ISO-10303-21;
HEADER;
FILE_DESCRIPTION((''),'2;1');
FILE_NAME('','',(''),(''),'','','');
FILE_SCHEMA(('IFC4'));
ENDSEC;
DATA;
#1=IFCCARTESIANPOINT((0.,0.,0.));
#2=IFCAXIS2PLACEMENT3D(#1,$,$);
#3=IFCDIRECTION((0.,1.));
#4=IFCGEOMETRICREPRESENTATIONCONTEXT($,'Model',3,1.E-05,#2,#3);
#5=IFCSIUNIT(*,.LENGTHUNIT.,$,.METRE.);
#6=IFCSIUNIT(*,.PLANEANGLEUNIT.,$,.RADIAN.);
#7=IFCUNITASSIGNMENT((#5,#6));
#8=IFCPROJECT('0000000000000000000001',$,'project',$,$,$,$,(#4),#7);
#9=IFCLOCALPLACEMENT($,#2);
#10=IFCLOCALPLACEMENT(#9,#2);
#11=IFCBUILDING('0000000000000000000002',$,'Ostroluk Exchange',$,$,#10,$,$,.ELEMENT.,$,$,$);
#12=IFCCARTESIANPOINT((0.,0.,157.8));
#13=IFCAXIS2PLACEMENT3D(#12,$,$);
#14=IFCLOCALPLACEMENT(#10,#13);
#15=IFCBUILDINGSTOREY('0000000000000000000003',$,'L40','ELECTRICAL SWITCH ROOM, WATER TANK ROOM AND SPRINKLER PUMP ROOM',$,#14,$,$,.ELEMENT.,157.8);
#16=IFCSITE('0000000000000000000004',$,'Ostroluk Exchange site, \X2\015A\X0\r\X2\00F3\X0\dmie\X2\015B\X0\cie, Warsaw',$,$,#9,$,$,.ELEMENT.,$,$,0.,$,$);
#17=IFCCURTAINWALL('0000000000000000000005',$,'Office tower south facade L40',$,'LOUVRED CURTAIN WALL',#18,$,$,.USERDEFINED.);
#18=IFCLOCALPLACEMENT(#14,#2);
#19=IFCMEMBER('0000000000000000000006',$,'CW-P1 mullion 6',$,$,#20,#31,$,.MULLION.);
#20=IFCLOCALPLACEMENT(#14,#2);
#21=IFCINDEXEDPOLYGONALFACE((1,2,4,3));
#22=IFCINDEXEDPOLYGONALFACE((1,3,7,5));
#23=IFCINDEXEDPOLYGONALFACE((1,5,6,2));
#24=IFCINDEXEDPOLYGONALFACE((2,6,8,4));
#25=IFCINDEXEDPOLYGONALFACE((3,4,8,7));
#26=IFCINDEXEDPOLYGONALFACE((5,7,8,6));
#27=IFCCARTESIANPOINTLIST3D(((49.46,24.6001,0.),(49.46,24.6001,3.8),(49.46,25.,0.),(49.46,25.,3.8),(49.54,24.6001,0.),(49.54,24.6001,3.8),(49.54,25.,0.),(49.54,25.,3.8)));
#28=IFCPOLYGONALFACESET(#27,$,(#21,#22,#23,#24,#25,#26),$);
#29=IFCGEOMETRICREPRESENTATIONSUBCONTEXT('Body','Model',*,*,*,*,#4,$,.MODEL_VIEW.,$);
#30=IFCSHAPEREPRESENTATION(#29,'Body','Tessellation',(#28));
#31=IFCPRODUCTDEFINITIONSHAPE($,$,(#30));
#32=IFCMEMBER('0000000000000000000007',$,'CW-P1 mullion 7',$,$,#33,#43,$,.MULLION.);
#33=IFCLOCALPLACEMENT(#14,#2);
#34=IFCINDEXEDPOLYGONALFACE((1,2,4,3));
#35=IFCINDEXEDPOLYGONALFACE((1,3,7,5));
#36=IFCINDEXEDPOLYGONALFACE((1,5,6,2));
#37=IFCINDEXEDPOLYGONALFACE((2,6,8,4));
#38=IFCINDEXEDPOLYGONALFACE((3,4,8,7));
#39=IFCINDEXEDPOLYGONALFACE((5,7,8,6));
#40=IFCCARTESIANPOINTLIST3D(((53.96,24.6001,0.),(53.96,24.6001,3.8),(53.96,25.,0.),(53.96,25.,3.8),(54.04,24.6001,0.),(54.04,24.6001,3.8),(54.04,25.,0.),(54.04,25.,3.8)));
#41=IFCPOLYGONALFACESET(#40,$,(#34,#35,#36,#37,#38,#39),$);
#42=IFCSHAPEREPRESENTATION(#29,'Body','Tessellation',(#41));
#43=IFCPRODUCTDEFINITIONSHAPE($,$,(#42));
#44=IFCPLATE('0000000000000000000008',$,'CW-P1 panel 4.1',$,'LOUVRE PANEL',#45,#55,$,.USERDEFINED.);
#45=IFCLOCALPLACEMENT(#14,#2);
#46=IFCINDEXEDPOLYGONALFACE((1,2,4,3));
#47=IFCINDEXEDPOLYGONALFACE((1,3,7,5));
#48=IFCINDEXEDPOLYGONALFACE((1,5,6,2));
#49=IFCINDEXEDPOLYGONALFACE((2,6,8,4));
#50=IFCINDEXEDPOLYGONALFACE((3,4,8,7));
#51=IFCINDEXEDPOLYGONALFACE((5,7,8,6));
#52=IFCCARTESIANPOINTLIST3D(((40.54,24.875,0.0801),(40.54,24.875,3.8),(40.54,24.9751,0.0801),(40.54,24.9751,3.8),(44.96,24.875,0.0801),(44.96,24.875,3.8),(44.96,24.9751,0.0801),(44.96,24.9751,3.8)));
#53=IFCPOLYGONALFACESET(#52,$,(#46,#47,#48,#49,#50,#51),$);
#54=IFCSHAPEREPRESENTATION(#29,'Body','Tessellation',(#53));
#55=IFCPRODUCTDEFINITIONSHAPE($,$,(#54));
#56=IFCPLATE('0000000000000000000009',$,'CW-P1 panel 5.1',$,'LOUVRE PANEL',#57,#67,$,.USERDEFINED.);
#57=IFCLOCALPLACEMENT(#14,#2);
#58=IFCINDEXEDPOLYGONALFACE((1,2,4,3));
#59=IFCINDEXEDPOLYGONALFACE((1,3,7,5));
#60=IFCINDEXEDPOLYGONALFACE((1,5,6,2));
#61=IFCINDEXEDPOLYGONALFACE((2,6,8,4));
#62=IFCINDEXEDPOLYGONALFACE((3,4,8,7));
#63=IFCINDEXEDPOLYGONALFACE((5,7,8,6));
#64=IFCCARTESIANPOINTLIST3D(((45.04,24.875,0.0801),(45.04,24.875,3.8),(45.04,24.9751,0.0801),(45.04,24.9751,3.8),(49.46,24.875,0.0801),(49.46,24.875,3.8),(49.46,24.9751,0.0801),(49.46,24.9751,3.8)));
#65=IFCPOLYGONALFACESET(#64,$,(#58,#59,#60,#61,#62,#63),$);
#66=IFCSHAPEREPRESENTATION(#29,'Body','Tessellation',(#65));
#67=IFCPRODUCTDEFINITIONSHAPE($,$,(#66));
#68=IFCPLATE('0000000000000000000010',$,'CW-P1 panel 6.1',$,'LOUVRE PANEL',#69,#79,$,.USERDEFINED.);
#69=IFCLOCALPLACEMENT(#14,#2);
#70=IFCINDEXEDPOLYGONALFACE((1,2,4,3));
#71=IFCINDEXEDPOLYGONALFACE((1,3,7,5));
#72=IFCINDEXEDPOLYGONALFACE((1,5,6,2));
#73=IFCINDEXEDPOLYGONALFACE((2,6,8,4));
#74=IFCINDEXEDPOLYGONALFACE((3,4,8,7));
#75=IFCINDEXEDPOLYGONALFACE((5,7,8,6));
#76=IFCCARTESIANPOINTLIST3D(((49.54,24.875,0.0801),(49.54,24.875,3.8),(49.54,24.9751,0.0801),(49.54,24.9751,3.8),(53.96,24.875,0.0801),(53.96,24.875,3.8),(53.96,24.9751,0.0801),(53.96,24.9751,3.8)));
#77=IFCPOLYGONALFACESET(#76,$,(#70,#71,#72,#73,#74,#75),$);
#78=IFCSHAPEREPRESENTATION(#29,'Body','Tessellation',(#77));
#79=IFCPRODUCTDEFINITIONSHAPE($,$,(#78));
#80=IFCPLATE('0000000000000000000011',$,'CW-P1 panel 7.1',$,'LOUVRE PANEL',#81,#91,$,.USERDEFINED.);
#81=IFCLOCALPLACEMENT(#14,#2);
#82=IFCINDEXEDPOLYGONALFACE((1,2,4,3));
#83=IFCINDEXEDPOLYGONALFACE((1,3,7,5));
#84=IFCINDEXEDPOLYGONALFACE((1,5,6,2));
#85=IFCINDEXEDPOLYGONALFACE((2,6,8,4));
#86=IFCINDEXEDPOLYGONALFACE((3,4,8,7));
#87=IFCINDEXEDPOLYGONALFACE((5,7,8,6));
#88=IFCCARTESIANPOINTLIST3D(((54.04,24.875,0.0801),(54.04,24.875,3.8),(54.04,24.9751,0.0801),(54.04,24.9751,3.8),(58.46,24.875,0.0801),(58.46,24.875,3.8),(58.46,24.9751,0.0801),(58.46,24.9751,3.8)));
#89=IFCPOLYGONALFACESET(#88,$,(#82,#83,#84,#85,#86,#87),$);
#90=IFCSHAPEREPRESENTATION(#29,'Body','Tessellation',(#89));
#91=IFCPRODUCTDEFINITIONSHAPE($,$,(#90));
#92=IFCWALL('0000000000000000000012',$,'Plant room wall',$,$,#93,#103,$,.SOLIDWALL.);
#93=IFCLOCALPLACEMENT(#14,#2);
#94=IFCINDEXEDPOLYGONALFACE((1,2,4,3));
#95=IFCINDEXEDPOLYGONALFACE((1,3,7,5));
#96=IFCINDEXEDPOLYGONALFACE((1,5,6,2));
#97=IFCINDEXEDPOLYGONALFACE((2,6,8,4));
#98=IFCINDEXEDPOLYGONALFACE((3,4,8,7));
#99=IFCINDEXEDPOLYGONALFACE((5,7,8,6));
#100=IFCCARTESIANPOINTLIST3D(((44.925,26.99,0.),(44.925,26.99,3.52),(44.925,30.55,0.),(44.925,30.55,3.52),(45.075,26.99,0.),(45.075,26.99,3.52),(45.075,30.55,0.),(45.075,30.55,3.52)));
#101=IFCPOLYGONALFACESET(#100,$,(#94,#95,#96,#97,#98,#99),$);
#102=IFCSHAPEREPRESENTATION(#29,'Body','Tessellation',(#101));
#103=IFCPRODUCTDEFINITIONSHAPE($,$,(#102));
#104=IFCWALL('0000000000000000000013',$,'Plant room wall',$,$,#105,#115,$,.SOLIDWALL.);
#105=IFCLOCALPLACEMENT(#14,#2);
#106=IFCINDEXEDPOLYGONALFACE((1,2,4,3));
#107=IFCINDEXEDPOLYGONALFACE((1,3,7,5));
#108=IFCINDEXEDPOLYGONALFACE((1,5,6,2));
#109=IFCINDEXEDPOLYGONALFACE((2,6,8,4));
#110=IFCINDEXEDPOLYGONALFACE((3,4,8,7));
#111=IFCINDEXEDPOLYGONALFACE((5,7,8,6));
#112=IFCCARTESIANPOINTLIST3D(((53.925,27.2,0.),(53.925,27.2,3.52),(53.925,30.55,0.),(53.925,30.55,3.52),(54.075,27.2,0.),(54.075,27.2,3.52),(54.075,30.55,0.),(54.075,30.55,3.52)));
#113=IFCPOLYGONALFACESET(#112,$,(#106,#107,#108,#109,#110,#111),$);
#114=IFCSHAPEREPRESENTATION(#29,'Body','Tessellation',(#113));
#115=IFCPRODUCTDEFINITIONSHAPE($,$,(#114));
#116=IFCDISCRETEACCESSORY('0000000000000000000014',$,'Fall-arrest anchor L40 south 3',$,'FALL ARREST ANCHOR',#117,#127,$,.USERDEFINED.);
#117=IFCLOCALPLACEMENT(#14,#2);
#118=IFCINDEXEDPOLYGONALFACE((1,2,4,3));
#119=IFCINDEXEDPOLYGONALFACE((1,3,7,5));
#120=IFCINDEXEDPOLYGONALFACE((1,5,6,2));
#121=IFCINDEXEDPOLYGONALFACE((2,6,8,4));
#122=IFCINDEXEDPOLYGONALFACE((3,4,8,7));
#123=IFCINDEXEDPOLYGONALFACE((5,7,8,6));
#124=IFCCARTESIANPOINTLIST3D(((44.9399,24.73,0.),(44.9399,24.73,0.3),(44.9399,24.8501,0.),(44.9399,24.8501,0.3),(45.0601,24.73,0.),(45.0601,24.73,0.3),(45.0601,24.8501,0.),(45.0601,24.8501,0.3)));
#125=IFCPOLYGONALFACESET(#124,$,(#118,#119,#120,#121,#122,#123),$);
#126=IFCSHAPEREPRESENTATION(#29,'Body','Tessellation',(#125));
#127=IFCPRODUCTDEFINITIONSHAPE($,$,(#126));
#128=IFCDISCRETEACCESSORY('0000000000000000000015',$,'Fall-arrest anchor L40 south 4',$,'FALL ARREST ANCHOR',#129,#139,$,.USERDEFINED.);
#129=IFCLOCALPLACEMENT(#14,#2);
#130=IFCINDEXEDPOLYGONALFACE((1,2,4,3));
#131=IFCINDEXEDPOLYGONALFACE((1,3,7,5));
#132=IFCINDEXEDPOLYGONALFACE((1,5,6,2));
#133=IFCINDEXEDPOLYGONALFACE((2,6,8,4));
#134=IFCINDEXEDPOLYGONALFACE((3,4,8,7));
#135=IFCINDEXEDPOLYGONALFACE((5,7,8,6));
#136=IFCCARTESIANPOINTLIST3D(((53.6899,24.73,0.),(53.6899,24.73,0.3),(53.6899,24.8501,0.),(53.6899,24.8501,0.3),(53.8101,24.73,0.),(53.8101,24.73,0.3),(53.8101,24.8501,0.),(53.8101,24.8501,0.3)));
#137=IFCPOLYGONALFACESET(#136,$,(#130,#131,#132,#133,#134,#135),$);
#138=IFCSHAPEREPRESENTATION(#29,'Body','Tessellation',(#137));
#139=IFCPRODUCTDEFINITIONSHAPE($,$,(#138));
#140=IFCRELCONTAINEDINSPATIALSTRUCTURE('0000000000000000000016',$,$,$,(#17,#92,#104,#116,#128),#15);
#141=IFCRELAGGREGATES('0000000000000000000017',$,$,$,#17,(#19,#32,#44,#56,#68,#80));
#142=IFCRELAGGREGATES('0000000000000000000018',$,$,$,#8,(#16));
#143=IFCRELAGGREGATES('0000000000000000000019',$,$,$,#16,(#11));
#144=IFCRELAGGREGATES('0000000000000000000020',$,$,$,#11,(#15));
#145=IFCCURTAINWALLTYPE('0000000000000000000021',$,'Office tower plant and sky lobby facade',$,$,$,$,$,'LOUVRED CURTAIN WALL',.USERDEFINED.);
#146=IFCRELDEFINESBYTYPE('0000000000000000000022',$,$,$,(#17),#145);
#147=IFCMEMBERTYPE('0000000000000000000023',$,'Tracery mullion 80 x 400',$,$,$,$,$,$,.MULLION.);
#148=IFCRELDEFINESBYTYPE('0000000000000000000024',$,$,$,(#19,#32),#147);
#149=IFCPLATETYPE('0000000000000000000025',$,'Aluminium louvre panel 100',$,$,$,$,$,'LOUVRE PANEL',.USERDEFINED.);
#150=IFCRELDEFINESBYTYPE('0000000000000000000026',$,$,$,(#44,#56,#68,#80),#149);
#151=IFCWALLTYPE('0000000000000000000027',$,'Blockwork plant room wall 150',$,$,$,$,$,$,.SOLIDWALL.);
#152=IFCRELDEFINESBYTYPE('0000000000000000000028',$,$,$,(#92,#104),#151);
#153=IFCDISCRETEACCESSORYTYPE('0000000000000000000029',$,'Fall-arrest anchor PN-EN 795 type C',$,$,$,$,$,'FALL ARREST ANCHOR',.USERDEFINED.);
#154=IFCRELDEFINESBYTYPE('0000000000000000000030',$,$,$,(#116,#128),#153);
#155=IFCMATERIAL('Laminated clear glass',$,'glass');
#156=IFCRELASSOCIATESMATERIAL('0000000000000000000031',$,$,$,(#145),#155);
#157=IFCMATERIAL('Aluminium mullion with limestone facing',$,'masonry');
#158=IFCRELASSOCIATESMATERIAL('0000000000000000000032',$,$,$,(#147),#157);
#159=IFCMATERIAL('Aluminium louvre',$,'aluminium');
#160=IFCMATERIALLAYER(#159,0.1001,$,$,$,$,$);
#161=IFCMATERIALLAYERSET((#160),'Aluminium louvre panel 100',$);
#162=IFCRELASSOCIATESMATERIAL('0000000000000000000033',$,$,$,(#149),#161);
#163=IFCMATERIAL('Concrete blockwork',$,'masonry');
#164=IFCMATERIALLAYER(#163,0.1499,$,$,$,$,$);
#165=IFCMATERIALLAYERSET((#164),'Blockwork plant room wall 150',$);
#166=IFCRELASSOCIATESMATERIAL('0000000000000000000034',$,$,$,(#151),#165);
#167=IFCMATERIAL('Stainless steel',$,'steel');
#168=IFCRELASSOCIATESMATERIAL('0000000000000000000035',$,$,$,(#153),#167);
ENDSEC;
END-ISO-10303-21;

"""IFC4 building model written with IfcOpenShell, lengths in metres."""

from ifc_helpers import new_model, si_unit, direction, frame, frame_2d, origin, origin_2d, place, context, subcontext, project, spatial, rectangle, extrude, material, layer, layer_set, material_profile, profile_set, type_object, element, aggregate, save


model = new_model("IFC4")

# Units and contexts
model_context = context("Model", 3, precision=1e-05, world=origin(), true_north=direction((0.0, 1.0)))
body_context = subcontext(model_context, "Body", "Model", "MODEL_VIEW")
ifc_project = project(units=[si_unit("LENGTHUNIT", "METRE"), si_unit("PLANEANGLEUNIT", "RADIAN")], contexts=[model_context])

# Site, building, storey
site_placement = place(None, origin())
site = spatial("IfcSite", under=ifc_project, at=site_placement, Name="Ostroluk Exchange site, Śródmieście, Warsaw", CompositionType="ELEMENT", RefElevation=0.0)
building_placement = place(site_placement, origin())
building = spatial("IfcBuilding", under=site, at=building_placement, Name="Ostroluk Exchange", CompositionType="ELEMENT")
storey_placement = place(building_placement, frame((0.0, 0.0, 157.8)))
storey = spatial("IfcBuildingStorey", under=building, at=storey_placement, Name="L40", Description="ELECTRICAL SWITCH ROOM, WATER TANK ROOM AND SPRINKLER PUMP ROOM", CompositionType="ELEMENT", Elevation=157.8)

# Curtain wall, members, plates
ifc_material_1 = material(Name="Laminated clear glass", Category="glass")
curtain_wall_type = type_object("IfcCurtainWallType", Name="Office tower plant and sky lobby facade", ElementType="LOUVRED CURTAIN WALL", PredefinedType="USERDEFINED", material=ifc_material_1)
curtain_wall_placement = place(storey_placement, origin())
curtain_wall = element("IfcCurtainWall", 1, at=curtain_wall_placement, inside=storey, type_object=curtain_wall_type, Name="Office tower south facade L40", ObjectType="LOUVRED CURTAIN WALL", PredefinedType="USERDEFINED")
ifc_material_2 = material(Name="Aluminium mullion with limestone facing", Category="masonry")
ifc_material_profile_1 = material_profile(ifc_material_2, rectangle(XDim=0.3999, YDim=0.0801, at=origin_2d()), Name="Tracery mullion 80 x 400")
ifc_profile_set_1 = profile_set([ifc_material_profile_1], Name="Aluminium mullion with limestone facing")
member_type_1 = type_object("IfcMemberType", Name="Tracery mullion 80 x 400", PredefinedType="MULLION", material=ifc_profile_set_1)
member_1_placement = place(storey_placement, frame((49.5, 24.8, 0.0), z_axis=(0.0, 0.0, 1.0), x_axis=(0.0, 1.0, 0.0)))
member_1 = element("IfcMember", 2, at=member_1_placement, type_object=member_type_1, Name="CW-P1 mullion 6", PredefinedType="MULLION", context=body_context, shape_type="SweptSolid", body=[
    extrude(rectangle(XDim=0.3999, YDim=0.0801, at=origin_2d()), origin(), (0.0, 0.0, 1.0), 3.8),
])
member_2_placement = place(storey_placement, frame((54.0, 24.8, 0.0), z_axis=(0.0, 0.0, 1.0), x_axis=(0.0, 1.0, 0.0)))
member_2 = element("IfcMember", 3, at=member_2_placement, type_object=member_type_1, Name="CW-P1 mullion 7", PredefinedType="MULLION", context=body_context, shape_type="SweptSolid", body=[
    extrude(rectangle(XDim=0.3999, YDim=0.0801, at=origin_2d()), origin(), (0.0, 0.0, 1.0), 3.8),
])
ifc_material_3 = material(Name="Aluminium louvre", Category="aluminium")
ifc_layer_1 = layer(ifc_material_3, 0.1001)
ifc_layer_set_1 = layer_set([ifc_layer_1], Name="Aluminium louvre panel 100")
plate_type = type_object("IfcPlateType", Name="Aluminium louvre panel 100", ElementType="LOUVRE PANEL", PredefinedType="USERDEFINED", material=ifc_layer_set_1)
plate_1_placement = place(storey_placement, frame((42.75, 24.925, 0.0801), z_axis=(0.0, 0.0, 1.0), x_axis=(1.0, 0.0, 0.0)))
plate_1 = element("IfcPlate", 4, at=plate_1_placement, type_object=plate_type, Name="CW-P1 panel 4.1", ObjectType="LOUVRE PANEL", PredefinedType="USERDEFINED", context=body_context, shape_type="SweptSolid", body=[
    extrude(rectangle(XDim=4.4199, YDim=0.1001, at=origin_2d()), origin(), (0.0, 0.0, 1.0), 3.72),
])
plate_2_placement = place(storey_placement, frame((47.25, 24.925, 0.0801), z_axis=(0.0, 0.0, 1.0), x_axis=(1.0, 0.0, 0.0)))
plate_2 = element("IfcPlate", 5, at=plate_2_placement, type_object=plate_type, Name="CW-P1 panel 5.1", ObjectType="LOUVRE PANEL", PredefinedType="USERDEFINED", context=body_context, shape_type="SweptSolid", body=[
    extrude(rectangle(XDim=4.4199, YDim=0.1001, at=origin_2d()), origin(), (0.0, 0.0, 1.0), 3.72),
])
plate_3_placement = place(storey_placement, frame((51.75, 24.925, 0.0801), z_axis=(0.0, 0.0, 1.0), x_axis=(1.0, 0.0, 0.0)))
plate_3 = element("IfcPlate", 6, at=plate_3_placement, type_object=plate_type, Name="CW-P1 panel 6.1", ObjectType="LOUVRE PANEL", PredefinedType="USERDEFINED", context=body_context, shape_type="SweptSolid", body=[
    extrude(rectangle(XDim=4.4199, YDim=0.1001, at=origin_2d()), origin(), (0.0, 0.0, 1.0), 3.72),
])
plate_4_placement = place(storey_placement, frame((56.25, 24.925, 0.0801), z_axis=(0.0, 0.0, 1.0), x_axis=(1.0, 0.0, 0.0)))
plate_4 = element("IfcPlate", 7, at=plate_4_placement, type_object=plate_type, Name="CW-P1 panel 7.1", ObjectType="LOUVRE PANEL", PredefinedType="USERDEFINED", context=body_context, shape_type="SweptSolid", body=[
    extrude(rectangle(XDim=4.4199, YDim=0.1001, at=origin_2d()), origin(), (0.0, 0.0, 1.0), 3.72),
])
aggregate(curtain_wall, [member_1, member_2, plate_1, plate_2, plate_3, plate_4])

# Walls
ifc_material_4 = material(Name="Concrete blockwork", Category="masonry")
ifc_layer_2 = layer(ifc_material_4, 0.1499)
ifc_layer_set_2 = layer_set([ifc_layer_2], Name="Blockwork plant room wall 150")
wall_type = type_object("IfcWallType", Name="Blockwork plant room wall 150", PredefinedType="SOLIDWALL", material=ifc_layer_set_2)
wall_1_placement = place(storey_placement, frame((45.0, 30.55, 0.0), z_axis=(0.0, 0.0, 1.0), x_axis=(0.0, -1.0, 0.0)))
element("IfcWall", 8, at=wall_1_placement, inside=storey, type_object=wall_type, Name="Plant room wall", PredefinedType="SOLIDWALL", context=body_context, shape_type="SweptSolid", body=[
    extrude(rectangle(XDim=3.5601, YDim=0.1499, at=frame_2d((1.78, 0.0))), origin(), (0.0, 0.0, 1.0), 3.52),
])
wall_2_placement = place(storey_placement, frame((54.0, 30.55, 0.0), z_axis=(0.0, 0.0, 1.0), x_axis=(0.0, -1.0, 0.0)))
element("IfcWall", 9, at=wall_2_placement, inside=storey, type_object=wall_type, Name="Plant room wall", PredefinedType="SOLIDWALL", context=body_context, shape_type="SweptSolid", body=[
    extrude(rectangle(XDim=3.3501, YDim=0.1499, at=frame_2d((1.675, 0.0))), origin(), (0.0, 0.0, 1.0), 3.52),
])

# Discrete accessories
ifc_material_5 = material(Name="Stainless steel", Category="steel")
discrete_accessory_type = type_object("IfcDiscreteAccessoryType", Name="Fall-arrest anchor PN-EN 795 type C", ElementType="FALL ARREST ANCHOR", PredefinedType="USERDEFINED", material=ifc_material_5)
for number, where, z_axis, x_axis, name in (
    (10, (45.0, 24.79, 0.0), (0.0, 0.0, 1.0), (1.0, 0.0, 0.0), "Fall-arrest anchor L40 south 3"),
    (11, (53.75, 24.79, 0.0), (0.0, 0.0, 1.0), (1.0, 0.0, 0.0), "Fall-arrest anchor L40 south 4"),
):
    element("IfcDiscreteAccessory", number, at=place(storey_placement, frame(where, z_axis=z_axis, x_axis=x_axis)), inside=storey, type_object=discrete_accessory_type, Name=name, ObjectType="FALL ARREST ANCHOR", PredefinedType="USERDEFINED", context=body_context, shape_type="SweptSolid", body=[
        extrude(rectangle(XDim=0.1201, YDim=0.1201, at=origin_2d()), origin(), (0.0, 0.0, 1.0), 0.3),
    ])

save(model, "model.ifc")
